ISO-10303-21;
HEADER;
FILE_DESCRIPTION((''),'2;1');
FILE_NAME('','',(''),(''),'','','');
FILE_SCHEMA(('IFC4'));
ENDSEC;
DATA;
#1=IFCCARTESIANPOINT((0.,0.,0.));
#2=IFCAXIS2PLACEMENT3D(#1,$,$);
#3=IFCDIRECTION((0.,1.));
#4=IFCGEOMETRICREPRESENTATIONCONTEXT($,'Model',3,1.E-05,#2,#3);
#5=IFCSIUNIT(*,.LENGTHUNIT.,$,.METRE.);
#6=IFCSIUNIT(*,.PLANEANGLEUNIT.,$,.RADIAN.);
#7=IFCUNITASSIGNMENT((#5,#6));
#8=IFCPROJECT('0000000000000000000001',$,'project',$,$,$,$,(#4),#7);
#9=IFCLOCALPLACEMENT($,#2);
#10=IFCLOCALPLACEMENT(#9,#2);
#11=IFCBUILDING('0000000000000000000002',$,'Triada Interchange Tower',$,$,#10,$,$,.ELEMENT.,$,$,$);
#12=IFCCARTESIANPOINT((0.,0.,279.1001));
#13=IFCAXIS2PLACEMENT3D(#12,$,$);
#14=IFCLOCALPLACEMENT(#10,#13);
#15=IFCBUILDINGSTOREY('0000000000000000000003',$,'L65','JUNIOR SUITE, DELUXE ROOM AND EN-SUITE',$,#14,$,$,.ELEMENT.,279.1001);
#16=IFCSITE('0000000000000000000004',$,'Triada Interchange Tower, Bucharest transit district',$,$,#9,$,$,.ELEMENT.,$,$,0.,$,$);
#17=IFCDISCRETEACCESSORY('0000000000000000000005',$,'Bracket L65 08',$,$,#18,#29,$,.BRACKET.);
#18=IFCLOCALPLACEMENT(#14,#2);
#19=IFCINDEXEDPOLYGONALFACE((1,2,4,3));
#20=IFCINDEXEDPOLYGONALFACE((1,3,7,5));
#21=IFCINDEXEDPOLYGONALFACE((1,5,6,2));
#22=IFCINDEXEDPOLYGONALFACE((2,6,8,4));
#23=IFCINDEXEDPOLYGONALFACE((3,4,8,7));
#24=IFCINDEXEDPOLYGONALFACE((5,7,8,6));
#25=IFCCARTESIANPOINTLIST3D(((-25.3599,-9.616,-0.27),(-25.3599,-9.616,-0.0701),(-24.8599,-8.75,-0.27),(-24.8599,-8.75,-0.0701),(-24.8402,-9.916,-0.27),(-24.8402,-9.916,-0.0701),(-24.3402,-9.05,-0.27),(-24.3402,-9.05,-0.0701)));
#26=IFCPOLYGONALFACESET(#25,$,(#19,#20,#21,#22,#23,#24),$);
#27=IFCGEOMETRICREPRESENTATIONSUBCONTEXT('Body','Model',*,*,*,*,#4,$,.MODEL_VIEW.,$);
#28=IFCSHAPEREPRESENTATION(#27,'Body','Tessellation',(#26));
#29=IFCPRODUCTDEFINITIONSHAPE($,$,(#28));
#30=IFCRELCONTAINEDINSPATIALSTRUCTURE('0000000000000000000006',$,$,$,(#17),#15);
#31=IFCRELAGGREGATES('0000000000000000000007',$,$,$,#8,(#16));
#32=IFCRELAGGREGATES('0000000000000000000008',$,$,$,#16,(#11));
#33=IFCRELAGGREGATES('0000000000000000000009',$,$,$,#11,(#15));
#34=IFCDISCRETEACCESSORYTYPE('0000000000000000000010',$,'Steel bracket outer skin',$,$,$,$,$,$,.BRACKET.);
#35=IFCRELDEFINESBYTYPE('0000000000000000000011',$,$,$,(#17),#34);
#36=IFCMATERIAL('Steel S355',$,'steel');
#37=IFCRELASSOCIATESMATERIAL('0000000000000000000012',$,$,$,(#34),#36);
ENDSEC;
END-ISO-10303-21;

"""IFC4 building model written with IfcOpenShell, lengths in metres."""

from ifc_helpers import new_model, si_unit, direction, frame, origin, origin_2d, place, context, subcontext, project, spatial, rectangle, extrude, material, type_object, element, save


model = new_model("IFC4")

# Units and contexts
model_context = context("Model", 3, precision=1e-05, world=origin(), true_north=direction((0.0, 1.0)))
body_context = subcontext(model_context, "Body", "Model", "MODEL_VIEW")
ifc_project = project(units=[si_unit("LENGTHUNIT", "METRE"), si_unit("PLANEANGLEUNIT", "RADIAN")], contexts=[model_context])

# Site, building, storey
site_placement = place(None, origin())
site = spatial("IfcSite", under=ifc_project, at=site_placement, Name="Triada Interchange Tower, Bucharest transit district", CompositionType="ELEMENT", RefElevation=0.0)
building_placement = place(site_placement, origin())
building = spatial("IfcBuilding", under=site, at=building_placement, Name="Triada Interchange Tower", CompositionType="ELEMENT")
storey_placement = place(building_placement, frame((0.0, 0.0, 279.1001)))
storey = spatial("IfcBuildingStorey", under=building, at=storey_placement, Name="L65", Description="JUNIOR SUITE, DELUXE ROOM AND EN-SUITE", CompositionType="ELEMENT", Elevation=279.1001)

# Discrete accessory
ifc_material_1 = material(Name="Steel S355", Category="steel")
discrete_accessory_type = type_object("IfcDiscreteAccessoryType", Name="Steel bracket outer skin", PredefinedType="BRACKET", material=ifc_material_1)
discrete_accessory_placement = place(storey_placement, frame((-24.8501, -9.333, -0.27), z_axis=(0.0, 0.0, 1.0), x_axis=(-0.866024, 0.500002, 0.0)))
element("IfcDiscreteAccessory", 1, at=discrete_accessory_placement, inside=storey, type_object=discrete_accessory_type, Name="Bracket L65 08", PredefinedType="BRACKET", context=body_context, shape_type="SweptSolid", body=[
    extrude(rectangle(XDim=0.6001, YDim=1.0, at=origin_2d()), origin(), (0.0, 0.0, 1.0), 0.2),
])

save(model, "model.ifc")
